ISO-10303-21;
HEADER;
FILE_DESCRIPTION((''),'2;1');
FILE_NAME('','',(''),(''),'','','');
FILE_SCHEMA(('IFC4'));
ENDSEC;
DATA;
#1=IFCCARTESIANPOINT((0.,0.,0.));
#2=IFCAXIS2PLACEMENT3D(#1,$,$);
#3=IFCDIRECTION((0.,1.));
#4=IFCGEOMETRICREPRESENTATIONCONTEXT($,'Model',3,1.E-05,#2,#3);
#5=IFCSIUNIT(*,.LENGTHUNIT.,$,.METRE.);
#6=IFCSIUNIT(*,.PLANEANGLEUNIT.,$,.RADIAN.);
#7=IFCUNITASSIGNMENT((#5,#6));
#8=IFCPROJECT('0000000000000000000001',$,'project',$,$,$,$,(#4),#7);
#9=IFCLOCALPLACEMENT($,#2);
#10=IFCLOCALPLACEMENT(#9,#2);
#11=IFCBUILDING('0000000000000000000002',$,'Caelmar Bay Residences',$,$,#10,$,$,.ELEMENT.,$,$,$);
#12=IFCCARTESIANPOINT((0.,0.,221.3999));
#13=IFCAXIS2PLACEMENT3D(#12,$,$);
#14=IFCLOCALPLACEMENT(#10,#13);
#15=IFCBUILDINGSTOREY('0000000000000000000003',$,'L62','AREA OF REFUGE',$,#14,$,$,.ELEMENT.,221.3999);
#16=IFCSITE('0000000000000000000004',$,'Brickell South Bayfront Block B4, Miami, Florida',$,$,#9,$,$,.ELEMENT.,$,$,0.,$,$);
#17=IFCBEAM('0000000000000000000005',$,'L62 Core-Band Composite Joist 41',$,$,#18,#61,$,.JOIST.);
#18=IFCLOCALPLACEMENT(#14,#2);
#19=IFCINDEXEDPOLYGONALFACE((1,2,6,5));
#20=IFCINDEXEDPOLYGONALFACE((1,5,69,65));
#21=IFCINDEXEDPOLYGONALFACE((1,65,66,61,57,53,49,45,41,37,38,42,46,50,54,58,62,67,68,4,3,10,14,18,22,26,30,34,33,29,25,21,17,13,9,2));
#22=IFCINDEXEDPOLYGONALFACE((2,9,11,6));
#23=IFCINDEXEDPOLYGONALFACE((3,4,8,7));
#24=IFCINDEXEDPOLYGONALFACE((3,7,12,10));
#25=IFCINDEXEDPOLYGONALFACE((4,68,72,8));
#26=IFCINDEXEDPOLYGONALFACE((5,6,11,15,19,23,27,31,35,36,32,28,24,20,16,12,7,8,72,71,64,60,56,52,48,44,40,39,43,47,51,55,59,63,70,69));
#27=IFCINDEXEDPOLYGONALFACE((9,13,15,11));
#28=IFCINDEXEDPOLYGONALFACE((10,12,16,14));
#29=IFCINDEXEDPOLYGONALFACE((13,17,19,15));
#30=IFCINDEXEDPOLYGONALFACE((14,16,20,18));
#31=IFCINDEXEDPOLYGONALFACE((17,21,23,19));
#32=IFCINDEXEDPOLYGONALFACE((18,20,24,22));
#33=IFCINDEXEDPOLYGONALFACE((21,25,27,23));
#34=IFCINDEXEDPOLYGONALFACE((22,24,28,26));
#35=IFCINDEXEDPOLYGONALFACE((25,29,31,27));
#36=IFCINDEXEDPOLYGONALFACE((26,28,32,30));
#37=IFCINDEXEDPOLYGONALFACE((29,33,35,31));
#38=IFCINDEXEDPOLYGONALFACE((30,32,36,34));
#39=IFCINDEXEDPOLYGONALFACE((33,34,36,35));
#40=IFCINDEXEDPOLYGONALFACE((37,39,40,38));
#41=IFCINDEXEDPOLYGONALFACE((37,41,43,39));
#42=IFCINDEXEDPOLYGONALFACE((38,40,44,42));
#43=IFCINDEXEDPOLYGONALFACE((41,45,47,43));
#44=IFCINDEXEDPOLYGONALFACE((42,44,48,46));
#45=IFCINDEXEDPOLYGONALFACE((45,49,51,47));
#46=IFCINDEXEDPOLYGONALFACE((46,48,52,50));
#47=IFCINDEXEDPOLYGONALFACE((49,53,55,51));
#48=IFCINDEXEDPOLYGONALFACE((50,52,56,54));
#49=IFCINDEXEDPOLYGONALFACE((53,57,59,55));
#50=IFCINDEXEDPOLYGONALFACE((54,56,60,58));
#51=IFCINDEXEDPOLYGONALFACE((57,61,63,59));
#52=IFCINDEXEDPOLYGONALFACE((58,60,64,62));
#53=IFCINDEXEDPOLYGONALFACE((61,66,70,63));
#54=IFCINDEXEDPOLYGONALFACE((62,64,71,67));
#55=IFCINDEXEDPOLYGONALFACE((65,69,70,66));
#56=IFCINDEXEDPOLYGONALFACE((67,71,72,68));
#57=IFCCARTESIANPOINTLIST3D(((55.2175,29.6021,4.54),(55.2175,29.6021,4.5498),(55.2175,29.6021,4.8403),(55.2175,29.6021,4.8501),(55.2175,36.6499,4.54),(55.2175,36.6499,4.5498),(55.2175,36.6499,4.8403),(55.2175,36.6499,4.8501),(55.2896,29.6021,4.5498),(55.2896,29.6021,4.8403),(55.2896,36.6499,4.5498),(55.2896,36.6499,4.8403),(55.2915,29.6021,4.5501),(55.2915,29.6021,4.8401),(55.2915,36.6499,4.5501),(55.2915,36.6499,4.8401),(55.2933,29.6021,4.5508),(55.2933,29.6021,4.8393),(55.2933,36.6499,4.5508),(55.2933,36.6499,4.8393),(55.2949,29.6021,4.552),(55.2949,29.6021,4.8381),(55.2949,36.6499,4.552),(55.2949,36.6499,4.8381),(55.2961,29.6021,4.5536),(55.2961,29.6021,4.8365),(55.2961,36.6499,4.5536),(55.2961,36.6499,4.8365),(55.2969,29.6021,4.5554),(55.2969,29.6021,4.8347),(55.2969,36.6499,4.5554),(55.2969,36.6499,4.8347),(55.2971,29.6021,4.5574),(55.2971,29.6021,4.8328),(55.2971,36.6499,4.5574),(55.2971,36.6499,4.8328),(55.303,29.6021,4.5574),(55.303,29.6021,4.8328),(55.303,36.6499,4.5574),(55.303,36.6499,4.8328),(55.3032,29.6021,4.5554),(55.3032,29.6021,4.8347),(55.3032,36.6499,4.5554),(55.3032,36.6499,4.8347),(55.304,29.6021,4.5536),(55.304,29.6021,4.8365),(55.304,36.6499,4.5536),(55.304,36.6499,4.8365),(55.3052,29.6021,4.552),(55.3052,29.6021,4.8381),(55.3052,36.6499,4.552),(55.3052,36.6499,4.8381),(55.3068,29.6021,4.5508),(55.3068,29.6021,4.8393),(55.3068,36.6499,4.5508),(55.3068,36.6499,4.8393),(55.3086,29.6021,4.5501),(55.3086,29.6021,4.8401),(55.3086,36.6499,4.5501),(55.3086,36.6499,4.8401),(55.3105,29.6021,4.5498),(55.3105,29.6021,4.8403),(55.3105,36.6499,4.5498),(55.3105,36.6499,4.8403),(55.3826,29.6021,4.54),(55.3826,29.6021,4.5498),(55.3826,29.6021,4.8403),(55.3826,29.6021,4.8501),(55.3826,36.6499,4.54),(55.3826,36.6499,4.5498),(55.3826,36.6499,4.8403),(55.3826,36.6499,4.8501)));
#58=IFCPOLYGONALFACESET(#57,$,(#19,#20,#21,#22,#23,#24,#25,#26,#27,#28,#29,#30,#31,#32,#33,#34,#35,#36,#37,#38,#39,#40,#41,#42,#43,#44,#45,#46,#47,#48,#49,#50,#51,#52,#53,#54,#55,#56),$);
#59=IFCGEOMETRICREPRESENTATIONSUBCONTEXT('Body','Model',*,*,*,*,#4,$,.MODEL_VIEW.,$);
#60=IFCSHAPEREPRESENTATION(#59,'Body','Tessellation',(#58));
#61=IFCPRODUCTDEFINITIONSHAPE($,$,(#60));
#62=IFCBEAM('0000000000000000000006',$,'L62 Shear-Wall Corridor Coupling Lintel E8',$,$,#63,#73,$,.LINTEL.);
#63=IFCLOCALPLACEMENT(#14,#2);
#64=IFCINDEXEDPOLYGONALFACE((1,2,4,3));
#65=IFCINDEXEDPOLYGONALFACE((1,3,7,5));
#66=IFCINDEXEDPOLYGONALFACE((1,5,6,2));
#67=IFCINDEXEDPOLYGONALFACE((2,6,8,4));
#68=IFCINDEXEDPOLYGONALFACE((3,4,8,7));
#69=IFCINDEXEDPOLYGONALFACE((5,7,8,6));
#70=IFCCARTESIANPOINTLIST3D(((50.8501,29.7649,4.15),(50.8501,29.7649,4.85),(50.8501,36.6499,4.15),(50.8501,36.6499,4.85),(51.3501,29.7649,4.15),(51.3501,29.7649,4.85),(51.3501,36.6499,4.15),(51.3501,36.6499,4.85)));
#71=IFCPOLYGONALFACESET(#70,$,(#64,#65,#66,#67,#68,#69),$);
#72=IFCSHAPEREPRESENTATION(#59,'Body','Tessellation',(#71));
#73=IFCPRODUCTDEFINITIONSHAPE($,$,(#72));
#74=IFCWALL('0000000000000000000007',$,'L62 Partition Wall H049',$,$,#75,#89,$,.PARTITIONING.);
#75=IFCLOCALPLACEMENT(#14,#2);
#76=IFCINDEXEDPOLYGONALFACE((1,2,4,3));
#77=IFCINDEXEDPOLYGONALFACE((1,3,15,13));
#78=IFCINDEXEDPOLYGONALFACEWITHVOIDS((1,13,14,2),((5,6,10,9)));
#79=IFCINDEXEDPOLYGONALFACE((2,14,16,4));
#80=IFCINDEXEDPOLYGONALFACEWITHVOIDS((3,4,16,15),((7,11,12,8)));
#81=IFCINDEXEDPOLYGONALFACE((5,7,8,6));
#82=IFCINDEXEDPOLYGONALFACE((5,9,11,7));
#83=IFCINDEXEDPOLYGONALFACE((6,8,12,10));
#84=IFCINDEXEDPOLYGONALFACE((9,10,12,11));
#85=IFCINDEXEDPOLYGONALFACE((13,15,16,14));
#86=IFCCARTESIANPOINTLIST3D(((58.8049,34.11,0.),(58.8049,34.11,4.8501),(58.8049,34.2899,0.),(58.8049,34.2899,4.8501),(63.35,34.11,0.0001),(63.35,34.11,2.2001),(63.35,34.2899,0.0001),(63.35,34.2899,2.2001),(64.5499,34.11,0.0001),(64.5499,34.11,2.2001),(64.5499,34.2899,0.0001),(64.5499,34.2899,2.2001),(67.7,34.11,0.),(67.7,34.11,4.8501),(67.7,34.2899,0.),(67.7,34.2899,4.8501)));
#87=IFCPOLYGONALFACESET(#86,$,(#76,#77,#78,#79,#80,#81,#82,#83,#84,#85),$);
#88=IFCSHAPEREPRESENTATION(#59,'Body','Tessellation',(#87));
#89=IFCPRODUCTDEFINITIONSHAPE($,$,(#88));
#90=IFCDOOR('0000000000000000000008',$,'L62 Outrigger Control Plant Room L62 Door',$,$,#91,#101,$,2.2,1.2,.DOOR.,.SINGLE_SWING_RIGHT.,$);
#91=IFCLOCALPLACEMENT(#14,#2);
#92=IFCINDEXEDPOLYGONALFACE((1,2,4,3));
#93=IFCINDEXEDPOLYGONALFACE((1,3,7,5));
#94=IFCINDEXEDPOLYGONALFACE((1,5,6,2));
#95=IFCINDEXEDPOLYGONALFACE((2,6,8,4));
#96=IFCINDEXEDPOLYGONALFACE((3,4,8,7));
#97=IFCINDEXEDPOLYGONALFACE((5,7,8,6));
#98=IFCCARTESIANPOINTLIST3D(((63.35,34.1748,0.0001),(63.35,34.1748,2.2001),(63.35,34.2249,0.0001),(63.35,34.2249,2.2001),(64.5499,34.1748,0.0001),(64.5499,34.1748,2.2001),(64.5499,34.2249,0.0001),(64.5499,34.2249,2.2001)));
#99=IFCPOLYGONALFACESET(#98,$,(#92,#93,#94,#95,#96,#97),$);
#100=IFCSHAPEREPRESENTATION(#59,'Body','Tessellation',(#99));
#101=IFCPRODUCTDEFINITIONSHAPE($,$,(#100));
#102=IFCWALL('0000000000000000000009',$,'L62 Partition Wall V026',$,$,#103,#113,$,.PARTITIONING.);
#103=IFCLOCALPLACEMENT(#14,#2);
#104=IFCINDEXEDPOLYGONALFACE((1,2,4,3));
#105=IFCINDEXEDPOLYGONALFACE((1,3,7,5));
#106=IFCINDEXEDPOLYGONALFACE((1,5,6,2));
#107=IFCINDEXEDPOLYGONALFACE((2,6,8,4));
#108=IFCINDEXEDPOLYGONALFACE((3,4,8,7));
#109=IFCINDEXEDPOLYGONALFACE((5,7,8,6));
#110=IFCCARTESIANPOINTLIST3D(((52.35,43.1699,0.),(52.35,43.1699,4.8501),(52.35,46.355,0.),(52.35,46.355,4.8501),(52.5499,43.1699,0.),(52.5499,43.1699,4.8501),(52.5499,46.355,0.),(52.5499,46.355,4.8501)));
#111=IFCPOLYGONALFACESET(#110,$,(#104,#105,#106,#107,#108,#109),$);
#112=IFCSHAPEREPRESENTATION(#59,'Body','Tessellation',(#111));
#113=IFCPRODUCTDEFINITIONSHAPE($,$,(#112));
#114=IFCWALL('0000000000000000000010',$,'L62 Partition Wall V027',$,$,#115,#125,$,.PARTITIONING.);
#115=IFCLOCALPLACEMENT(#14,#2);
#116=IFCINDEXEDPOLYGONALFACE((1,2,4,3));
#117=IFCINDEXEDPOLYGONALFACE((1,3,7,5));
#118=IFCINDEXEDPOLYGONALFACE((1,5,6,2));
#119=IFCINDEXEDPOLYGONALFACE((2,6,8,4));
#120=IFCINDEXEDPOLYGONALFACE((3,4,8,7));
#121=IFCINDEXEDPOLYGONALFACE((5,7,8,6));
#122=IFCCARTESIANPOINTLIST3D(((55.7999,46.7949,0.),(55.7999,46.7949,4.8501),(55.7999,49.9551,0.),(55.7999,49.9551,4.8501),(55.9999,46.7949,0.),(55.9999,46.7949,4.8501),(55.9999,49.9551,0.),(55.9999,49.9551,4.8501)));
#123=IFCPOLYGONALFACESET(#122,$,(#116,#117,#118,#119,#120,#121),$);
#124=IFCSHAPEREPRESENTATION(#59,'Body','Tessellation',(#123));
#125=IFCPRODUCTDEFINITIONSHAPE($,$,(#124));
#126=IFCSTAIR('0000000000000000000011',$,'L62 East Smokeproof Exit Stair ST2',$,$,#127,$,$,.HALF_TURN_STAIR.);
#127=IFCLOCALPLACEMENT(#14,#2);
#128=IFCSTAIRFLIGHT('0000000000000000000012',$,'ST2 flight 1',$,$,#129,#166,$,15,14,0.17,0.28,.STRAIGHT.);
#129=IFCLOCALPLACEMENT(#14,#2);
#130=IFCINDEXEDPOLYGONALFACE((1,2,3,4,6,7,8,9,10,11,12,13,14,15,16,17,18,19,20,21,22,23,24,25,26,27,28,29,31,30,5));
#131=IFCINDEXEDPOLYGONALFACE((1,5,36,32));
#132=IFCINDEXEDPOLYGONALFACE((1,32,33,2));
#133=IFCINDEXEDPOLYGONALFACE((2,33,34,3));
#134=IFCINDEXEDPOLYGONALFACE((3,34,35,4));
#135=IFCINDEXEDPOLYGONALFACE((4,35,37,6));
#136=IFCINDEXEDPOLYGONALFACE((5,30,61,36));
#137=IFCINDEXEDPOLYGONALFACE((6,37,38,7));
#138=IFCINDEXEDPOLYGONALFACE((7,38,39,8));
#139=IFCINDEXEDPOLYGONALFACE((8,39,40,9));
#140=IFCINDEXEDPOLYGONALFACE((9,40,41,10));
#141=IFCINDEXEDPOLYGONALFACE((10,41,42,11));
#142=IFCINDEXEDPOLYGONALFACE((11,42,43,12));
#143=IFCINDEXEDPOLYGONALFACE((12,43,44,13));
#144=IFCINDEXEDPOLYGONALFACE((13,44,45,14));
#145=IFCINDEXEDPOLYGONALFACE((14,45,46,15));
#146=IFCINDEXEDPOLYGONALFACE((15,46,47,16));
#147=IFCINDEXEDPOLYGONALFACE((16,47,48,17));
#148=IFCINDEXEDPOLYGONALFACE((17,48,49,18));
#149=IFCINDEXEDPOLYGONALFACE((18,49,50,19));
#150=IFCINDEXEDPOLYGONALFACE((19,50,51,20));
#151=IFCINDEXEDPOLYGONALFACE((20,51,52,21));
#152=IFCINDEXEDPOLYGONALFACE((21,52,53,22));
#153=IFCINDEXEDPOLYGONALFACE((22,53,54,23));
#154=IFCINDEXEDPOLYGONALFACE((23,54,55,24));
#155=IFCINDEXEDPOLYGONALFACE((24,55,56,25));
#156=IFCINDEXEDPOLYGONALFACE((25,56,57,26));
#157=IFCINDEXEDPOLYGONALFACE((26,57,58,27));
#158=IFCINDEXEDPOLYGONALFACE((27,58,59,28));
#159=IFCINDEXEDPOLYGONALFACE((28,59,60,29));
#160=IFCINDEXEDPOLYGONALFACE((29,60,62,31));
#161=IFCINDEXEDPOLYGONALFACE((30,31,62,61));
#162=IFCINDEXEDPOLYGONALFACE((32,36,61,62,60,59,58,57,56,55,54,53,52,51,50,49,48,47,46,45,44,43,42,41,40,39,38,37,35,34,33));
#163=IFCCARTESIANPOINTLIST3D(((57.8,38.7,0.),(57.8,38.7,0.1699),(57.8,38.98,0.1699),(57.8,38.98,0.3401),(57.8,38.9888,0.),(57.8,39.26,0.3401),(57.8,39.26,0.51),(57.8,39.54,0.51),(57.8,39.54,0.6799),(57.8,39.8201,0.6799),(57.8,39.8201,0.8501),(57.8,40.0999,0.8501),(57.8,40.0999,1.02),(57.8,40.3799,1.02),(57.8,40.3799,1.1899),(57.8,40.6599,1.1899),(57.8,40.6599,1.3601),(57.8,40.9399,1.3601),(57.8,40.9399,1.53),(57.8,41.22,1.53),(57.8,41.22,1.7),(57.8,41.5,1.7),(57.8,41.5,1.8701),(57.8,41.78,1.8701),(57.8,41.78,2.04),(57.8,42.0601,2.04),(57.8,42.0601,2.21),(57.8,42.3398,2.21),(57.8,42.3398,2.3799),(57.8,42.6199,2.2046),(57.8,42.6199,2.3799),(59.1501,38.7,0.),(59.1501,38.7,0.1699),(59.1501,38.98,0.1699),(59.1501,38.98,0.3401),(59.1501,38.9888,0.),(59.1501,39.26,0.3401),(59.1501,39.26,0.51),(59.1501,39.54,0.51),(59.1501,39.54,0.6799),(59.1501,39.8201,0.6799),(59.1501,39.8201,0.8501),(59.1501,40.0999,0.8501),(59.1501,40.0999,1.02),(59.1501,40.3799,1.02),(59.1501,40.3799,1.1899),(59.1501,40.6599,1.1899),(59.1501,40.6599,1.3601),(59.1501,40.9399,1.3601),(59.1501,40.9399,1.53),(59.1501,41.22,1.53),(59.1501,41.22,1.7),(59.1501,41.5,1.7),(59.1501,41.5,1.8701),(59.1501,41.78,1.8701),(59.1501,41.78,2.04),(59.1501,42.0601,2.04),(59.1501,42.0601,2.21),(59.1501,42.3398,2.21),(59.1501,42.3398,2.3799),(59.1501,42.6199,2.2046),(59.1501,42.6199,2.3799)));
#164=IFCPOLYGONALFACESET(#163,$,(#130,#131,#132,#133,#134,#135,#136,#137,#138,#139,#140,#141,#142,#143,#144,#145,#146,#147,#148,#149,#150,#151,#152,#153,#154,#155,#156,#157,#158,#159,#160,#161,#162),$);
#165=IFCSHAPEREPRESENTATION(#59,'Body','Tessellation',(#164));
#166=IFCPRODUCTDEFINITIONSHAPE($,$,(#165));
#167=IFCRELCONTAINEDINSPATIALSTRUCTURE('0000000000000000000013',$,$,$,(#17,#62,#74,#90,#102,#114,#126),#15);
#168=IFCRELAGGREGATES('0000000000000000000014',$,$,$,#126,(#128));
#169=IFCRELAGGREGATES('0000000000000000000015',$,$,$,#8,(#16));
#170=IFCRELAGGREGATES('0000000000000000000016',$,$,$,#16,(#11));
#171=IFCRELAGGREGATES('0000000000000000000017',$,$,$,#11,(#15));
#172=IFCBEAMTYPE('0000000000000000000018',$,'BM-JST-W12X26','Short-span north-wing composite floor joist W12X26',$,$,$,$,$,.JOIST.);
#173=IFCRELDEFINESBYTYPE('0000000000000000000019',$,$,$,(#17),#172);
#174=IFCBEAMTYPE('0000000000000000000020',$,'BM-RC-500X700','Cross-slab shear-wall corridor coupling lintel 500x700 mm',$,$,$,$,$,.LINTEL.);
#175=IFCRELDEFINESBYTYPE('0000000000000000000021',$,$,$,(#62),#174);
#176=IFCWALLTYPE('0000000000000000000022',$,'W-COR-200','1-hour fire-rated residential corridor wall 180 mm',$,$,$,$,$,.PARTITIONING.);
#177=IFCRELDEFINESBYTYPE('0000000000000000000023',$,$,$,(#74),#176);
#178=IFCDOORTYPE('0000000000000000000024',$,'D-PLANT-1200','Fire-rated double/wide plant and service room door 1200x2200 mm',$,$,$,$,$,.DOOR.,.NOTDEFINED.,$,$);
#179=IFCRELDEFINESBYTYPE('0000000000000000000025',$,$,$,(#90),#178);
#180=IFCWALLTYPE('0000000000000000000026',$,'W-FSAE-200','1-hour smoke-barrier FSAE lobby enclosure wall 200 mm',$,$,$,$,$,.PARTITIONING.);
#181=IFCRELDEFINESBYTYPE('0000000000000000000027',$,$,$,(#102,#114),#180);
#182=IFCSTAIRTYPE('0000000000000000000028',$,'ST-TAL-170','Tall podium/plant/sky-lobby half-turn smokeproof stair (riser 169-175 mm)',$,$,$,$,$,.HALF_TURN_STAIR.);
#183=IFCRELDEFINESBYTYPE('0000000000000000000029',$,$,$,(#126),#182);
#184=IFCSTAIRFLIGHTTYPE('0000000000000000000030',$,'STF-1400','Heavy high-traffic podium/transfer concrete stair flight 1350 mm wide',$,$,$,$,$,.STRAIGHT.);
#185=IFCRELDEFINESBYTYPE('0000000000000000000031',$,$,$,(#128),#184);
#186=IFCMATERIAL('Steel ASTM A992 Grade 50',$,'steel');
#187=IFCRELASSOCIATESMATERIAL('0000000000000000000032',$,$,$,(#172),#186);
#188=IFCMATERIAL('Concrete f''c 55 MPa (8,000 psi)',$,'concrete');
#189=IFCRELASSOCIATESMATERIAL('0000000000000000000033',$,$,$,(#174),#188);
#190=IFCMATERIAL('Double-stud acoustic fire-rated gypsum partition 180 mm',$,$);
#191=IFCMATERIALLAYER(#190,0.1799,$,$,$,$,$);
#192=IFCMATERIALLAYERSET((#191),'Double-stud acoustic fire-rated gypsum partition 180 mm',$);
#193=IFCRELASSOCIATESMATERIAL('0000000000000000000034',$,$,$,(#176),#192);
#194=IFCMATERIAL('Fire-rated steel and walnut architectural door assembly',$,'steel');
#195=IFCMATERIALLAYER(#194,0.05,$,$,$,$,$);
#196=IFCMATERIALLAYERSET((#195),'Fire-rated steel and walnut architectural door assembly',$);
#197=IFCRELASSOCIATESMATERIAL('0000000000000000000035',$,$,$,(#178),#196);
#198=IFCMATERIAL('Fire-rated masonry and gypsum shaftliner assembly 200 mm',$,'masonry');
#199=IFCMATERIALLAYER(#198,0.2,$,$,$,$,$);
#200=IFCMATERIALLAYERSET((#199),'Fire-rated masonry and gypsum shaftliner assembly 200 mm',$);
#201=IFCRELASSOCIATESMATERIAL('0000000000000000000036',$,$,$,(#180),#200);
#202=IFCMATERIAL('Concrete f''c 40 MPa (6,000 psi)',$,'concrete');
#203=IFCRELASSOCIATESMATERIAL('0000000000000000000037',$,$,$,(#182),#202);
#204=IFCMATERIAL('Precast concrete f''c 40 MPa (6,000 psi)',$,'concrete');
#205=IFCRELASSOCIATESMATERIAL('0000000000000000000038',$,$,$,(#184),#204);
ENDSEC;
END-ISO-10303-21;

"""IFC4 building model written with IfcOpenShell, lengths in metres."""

from ifc_helpers import new_model, si_unit, direction, frame, frame_2d, origin, origin_2d, place, context, subcontext, project, spatial, polyline, rectangle, i_section, outline, extrude, material, layer, layer_set, material_profile, profile_set, type_object, element, fill, aggregate, save


model = new_model("IFC4")

# Units and contexts
model_context = context("Model", 3, precision=1e-05, world=origin(), true_north=direction((0.0, 1.0)))
body_context = subcontext(model_context, "Body", "Model", "MODEL_VIEW")
ifc_project = project(units=[si_unit("LENGTHUNIT", "METRE"), si_unit("PLANEANGLEUNIT", "RADIAN")], contexts=[model_context])

# Site, building, storey
site_placement = place(None, origin())
site = spatial("IfcSite", under=ifc_project, at=site_placement, Name="Brickell South Bayfront Block B4, Miami, Florida", CompositionType="ELEMENT", RefElevation=0.0)
building_placement = place(site_placement, origin())
building = spatial("IfcBuilding", under=site, at=building_placement, Name="Caelmar Bay Residences", CompositionType="ELEMENT")
storey_placement = place(building_placement, frame((0.0, 0.0, 221.3999)))
storey = spatial("IfcBuildingStorey", under=building, at=storey_placement, Name="L62", Description="AREA OF REFUGE", CompositionType="ELEMENT", Elevation=221.3999)

# Beams
ifc_material_1 = material(Name="Steel ASTM A992 Grade 50", Category="steel")
ifc_material_profile_1 = material_profile(ifc_material_1, i_section(OverallWidth=0.165, OverallDepth=0.3101, WebThickness=0.0059, FlangeThickness=0.0098, FilletRadius=0.0076, at=origin_2d()), Name="W12X26")
ifc_profile_set_1 = profile_set([ifc_material_profile_1], Name="Steel ASTM A992 Grade 50")
beam_type_1 = type_object("IfcBeamType", Name="BM-JST-W12X26", Description="Short-span north-wing composite floor joist W12X26", PredefinedType="JOIST", material=ifc_profile_set_1)
beam_1_placement = place(storey_placement, frame((55.3, 29.6021, 4.6951), z_axis=(0.0, 1.0, 0.0), x_axis=(-1.0, 0.0, 0.0)))
element("IfcBeam", 1, at=beam_1_placement, inside=storey, type_object=beam_type_1, Name="L62 Core-Band Composite Joist 41", PredefinedType="JOIST", context=body_context, shape_type="SweptSolid", body=[
    extrude(i_section(OverallWidth=0.165, OverallDepth=0.3101, WebThickness=0.0059, FlangeThickness=0.0098, FilletRadius=0.0076, at=origin_2d()), origin(), (0.0, 0.0, 1.0), 7.0479),
])
ifc_material_2 = material(Name="Concrete f'c 55 MPa (8,000 psi)", Category="concrete")
ifc_material_profile_2 = material_profile(ifc_material_2, rectangle(XDim=0.5, YDim=0.7, at=origin_2d()), Name="RC-BM-500X700")
ifc_profile_set_2 = profile_set([ifc_material_profile_2], Name="Concrete f'c 55 MPa (8,000 psi)")
beam_type_2 = type_object("IfcBeamType", Name="BM-RC-500X700", Description="Cross-slab shear-wall corridor coupling lintel 500x700 mm", PredefinedType="LINTEL", material=ifc_profile_set_2)
beam_2_placement = place(storey_placement, frame((51.1001, 29.7649, 4.5), z_axis=(0.0, 1.0, 0.0), x_axis=(-1.0, 0.0, 0.0)))
element("IfcBeam", 2, at=beam_2_placement, inside=storey, type_object=beam_type_2, Name="L62 Shear-Wall Corridor Coupling Lintel E8", PredefinedType="LINTEL", context=body_context, shape_type="SweptSolid", body=[
    extrude(rectangle(XDim=0.5, YDim=0.7, at=origin_2d()), origin(), (0.0, 0.0, 1.0), 6.885),
])

# Wall, opening, door
ifc_material_3 = material(Name="Fire-rated steel and walnut architectural door assembly", Category="steel")
ifc_material_4 = material(Name="Double-stud acoustic fire-rated gypsum partition 180 mm")
ifc_layer_1 = layer(ifc_material_4, 0.1799)
ifc_layer_set_1 = layer_set([ifc_layer_1], Name="Double-stud acoustic fire-rated gypsum partition 180 mm")
wall_type_1 = type_object("IfcWallType", Name="W-COR-200", Description="1-hour fire-rated residential corridor wall 180 mm", PredefinedType="PARTITIONING", material=ifc_layer_set_1)
wall_1_placement = place(storey_placement, frame((58.8049, 34.2, 0.0), z_axis=(0.0, 0.0, 1.0), x_axis=(1.0, 0.0, 0.0)))
wall_1 = element("IfcWall", 3, at=wall_1_placement, inside=storey, type_object=wall_type_1, Name="L62 Partition Wall H049", PredefinedType="PARTITIONING", context=body_context, shape_type="SweptSolid", body=[
    extrude(rectangle(XDim=8.895, YDim=0.1799, at=frame_2d((4.4475, 0.0))), origin(), (0.0, 0.0, 1.0), 4.8501),
])
opening_1_placement = place(wall_1_placement, frame((4.5449, 0.0, 0.0)))
opening_1 = element("IfcOpeningElement", 4, at=opening_1_placement, cuts=wall_1, PredefinedType="OPENING", context=body_context, shape_type="SweptSolid", body=[
    extrude(rectangle(XDim=1.2, YDim=2.2, at=frame_2d((0.6001, 1.1001))), frame((0.0, 0.0999, 0.0), z_axis=(0.0, -1.0, 0.0), x_axis=(1.0, 0.0, 0.0)), (0.0, 0.0, 1.0), 0.2),
])
ifc_layer_2 = layer(ifc_material_3, 0.05)
ifc_layer_set_2 = layer_set([ifc_layer_2], Name="Fire-rated steel and walnut architectural door assembly")
door_type_1 = type_object("IfcDoorType", Name="D-PLANT-1200", Description="Fire-rated double/wide plant and service room door 1200x2200 mm", OperationType="NOTDEFINED", PredefinedType="DOOR", material=ifc_layer_set_2)
door_1_placement = place(opening_1_placement, origin())
door_1 = element("IfcDoor", 5, at=door_1_placement, inside=storey, type_object=door_type_1, Name="L62 Outrigger Control Plant Room L62 Door", OperationType="SINGLE_SWING_RIGHT", OverallHeight=2.2, OverallWidth=1.2, PredefinedType="DOOR", context=body_context, shape_type="SweptSolid", body=[
    extrude(rectangle(XDim=1.2, YDim=2.2, at=frame_2d((0.6001, 1.1001))), frame((0.0, 0.0249, 0.0), z_axis=(0.0, -1.0, 0.0), x_axis=(1.0, 0.0, 0.0)), (0.0, 0.0, 1.0), 0.05),
])
fill(opening_1, door_1)

# Walls
ifc_material_5 = material(Name="Fire-rated masonry and gypsum shaftliner assembly 200 mm", Category="masonry")
ifc_layer_3 = layer(ifc_material_5, 0.2)
ifc_layer_set_3 = layer_set([ifc_layer_3], Name="Fire-rated masonry and gypsum shaftliner assembly 200 mm")
wall_type_2 = type_object("IfcWallType", Name="W-FSAE-200", Description="1-hour smoke-barrier FSAE lobby enclosure wall 200 mm", PredefinedType="PARTITIONING", material=ifc_layer_set_3)
wall_2_placement = place(storey_placement, frame((52.45, 43.1699, 0.0), z_axis=(0.0, 0.0, 1.0), x_axis=(0.0, 1.0, 0.0)))
element("IfcWall", 6, at=wall_2_placement, inside=storey, type_object=wall_type_2, Name="L62 Partition Wall V026", PredefinedType="PARTITIONING", context=body_context, shape_type="SweptSolid", body=[
    extrude(rectangle(XDim=3.1851, YDim=0.2, at=frame_2d((1.5925, 0.0))), origin(), (0.0, 0.0, 1.0), 4.8501),
])
wall_3_placement = place(storey_placement, frame((55.8999, 46.7949, 0.0), z_axis=(0.0, 0.0, 1.0), x_axis=(0.0, 1.0, 0.0)))
element("IfcWall", 7, at=wall_3_placement, inside=storey, type_object=wall_type_2, Name="L62 Partition Wall V027", PredefinedType="PARTITIONING", context=body_context, shape_type="SweptSolid", body=[
    extrude(rectangle(XDim=3.1602, YDim=0.2, at=frame_2d((1.5801, 0.0))), origin(), (0.0, 0.0, 1.0), 4.8501),
])

# Stair, stair flight
ifc_material_6 = material(Name="Concrete f'c 40 MPa (6,000 psi)", Category="concrete")
stair_type = type_object("IfcStairType", Name="ST-TAL-170", Description="Tall podium/plant/sky-lobby half-turn smokeproof stair (riser 169-175 mm)", PredefinedType="HALF_TURN_STAIR", material=ifc_material_6)
stair_placement = place(storey_placement, origin())
stair = element("IfcStair", 8, at=stair_placement, inside=storey, type_object=stair_type, Name="L62 East Smokeproof Exit Stair ST2", PredefinedType="HALF_TURN_STAIR")
ifc_material_7 = material(Name="Precast concrete f'c 40 MPa (6,000 psi)", Category="concrete")
stair_flight_type = type_object("IfcStairFlightType", Name="STF-1400", Description="Heavy high-traffic podium/transfer concrete stair flight 1350 mm wide", PredefinedType="STRAIGHT", material=ifc_material_7)
stair_flight_1_placement = place(storey_placement, frame((58.4751, 38.7, 0.0), z_axis=(0.0, 0.0, 1.0), x_axis=(0.0, 1.0, 0.0)))
stair_flight_1 = element("IfcStairFlight", 9, at=stair_flight_1_placement, type_object=stair_flight_type, Name="ST2 flight 1", NumberOfRisers=15, NumberOfTreads=14, PredefinedType="STRAIGHT", RiserHeight=0.17, TreadLength=0.28, context=body_context, shape_type="SweptSolid", body=[
    extrude(outline(polyline([(0.0, 0.0), (0.0, 0.1699), (0.28, 0.1699), (0.28, 0.3401), (0.5601, 0.3401), (0.5601, 0.51), (0.8401, 0.51), (0.8401, 0.6799), (1.1201, 0.6799), (1.1201, 0.8501), (1.3999, 0.8501), (1.3999, 1.02), (1.6799, 1.02), (1.6799, 1.1899), (1.96, 1.1899), (1.96, 1.3601), (2.24, 1.3601), (2.24, 1.53), (2.52, 1.53), (2.52, 1.7), (2.8, 1.7), (2.8, 1.8701), (3.0801, 1.8701), (3.0801, 2.04), (3.3601, 2.04), (3.3601, 2.21), (3.6399, 2.21), (3.6399, 2.3799), (3.9199, 2.3799), (3.9199, 2.55), (3.9199, 2.2046), (0.2888, 0.0), (0.0, 0.0)])), frame((0.0, 0.675, 0.0), z_axis=(0.0, -1.0, 0.0), x_axis=(1.0, 0.0, 0.0)), (0.0, 0.0, 1.0), 1.3501),
])
aggregate(stair, [stair_flight_1])

save(model, "model.ifc")
